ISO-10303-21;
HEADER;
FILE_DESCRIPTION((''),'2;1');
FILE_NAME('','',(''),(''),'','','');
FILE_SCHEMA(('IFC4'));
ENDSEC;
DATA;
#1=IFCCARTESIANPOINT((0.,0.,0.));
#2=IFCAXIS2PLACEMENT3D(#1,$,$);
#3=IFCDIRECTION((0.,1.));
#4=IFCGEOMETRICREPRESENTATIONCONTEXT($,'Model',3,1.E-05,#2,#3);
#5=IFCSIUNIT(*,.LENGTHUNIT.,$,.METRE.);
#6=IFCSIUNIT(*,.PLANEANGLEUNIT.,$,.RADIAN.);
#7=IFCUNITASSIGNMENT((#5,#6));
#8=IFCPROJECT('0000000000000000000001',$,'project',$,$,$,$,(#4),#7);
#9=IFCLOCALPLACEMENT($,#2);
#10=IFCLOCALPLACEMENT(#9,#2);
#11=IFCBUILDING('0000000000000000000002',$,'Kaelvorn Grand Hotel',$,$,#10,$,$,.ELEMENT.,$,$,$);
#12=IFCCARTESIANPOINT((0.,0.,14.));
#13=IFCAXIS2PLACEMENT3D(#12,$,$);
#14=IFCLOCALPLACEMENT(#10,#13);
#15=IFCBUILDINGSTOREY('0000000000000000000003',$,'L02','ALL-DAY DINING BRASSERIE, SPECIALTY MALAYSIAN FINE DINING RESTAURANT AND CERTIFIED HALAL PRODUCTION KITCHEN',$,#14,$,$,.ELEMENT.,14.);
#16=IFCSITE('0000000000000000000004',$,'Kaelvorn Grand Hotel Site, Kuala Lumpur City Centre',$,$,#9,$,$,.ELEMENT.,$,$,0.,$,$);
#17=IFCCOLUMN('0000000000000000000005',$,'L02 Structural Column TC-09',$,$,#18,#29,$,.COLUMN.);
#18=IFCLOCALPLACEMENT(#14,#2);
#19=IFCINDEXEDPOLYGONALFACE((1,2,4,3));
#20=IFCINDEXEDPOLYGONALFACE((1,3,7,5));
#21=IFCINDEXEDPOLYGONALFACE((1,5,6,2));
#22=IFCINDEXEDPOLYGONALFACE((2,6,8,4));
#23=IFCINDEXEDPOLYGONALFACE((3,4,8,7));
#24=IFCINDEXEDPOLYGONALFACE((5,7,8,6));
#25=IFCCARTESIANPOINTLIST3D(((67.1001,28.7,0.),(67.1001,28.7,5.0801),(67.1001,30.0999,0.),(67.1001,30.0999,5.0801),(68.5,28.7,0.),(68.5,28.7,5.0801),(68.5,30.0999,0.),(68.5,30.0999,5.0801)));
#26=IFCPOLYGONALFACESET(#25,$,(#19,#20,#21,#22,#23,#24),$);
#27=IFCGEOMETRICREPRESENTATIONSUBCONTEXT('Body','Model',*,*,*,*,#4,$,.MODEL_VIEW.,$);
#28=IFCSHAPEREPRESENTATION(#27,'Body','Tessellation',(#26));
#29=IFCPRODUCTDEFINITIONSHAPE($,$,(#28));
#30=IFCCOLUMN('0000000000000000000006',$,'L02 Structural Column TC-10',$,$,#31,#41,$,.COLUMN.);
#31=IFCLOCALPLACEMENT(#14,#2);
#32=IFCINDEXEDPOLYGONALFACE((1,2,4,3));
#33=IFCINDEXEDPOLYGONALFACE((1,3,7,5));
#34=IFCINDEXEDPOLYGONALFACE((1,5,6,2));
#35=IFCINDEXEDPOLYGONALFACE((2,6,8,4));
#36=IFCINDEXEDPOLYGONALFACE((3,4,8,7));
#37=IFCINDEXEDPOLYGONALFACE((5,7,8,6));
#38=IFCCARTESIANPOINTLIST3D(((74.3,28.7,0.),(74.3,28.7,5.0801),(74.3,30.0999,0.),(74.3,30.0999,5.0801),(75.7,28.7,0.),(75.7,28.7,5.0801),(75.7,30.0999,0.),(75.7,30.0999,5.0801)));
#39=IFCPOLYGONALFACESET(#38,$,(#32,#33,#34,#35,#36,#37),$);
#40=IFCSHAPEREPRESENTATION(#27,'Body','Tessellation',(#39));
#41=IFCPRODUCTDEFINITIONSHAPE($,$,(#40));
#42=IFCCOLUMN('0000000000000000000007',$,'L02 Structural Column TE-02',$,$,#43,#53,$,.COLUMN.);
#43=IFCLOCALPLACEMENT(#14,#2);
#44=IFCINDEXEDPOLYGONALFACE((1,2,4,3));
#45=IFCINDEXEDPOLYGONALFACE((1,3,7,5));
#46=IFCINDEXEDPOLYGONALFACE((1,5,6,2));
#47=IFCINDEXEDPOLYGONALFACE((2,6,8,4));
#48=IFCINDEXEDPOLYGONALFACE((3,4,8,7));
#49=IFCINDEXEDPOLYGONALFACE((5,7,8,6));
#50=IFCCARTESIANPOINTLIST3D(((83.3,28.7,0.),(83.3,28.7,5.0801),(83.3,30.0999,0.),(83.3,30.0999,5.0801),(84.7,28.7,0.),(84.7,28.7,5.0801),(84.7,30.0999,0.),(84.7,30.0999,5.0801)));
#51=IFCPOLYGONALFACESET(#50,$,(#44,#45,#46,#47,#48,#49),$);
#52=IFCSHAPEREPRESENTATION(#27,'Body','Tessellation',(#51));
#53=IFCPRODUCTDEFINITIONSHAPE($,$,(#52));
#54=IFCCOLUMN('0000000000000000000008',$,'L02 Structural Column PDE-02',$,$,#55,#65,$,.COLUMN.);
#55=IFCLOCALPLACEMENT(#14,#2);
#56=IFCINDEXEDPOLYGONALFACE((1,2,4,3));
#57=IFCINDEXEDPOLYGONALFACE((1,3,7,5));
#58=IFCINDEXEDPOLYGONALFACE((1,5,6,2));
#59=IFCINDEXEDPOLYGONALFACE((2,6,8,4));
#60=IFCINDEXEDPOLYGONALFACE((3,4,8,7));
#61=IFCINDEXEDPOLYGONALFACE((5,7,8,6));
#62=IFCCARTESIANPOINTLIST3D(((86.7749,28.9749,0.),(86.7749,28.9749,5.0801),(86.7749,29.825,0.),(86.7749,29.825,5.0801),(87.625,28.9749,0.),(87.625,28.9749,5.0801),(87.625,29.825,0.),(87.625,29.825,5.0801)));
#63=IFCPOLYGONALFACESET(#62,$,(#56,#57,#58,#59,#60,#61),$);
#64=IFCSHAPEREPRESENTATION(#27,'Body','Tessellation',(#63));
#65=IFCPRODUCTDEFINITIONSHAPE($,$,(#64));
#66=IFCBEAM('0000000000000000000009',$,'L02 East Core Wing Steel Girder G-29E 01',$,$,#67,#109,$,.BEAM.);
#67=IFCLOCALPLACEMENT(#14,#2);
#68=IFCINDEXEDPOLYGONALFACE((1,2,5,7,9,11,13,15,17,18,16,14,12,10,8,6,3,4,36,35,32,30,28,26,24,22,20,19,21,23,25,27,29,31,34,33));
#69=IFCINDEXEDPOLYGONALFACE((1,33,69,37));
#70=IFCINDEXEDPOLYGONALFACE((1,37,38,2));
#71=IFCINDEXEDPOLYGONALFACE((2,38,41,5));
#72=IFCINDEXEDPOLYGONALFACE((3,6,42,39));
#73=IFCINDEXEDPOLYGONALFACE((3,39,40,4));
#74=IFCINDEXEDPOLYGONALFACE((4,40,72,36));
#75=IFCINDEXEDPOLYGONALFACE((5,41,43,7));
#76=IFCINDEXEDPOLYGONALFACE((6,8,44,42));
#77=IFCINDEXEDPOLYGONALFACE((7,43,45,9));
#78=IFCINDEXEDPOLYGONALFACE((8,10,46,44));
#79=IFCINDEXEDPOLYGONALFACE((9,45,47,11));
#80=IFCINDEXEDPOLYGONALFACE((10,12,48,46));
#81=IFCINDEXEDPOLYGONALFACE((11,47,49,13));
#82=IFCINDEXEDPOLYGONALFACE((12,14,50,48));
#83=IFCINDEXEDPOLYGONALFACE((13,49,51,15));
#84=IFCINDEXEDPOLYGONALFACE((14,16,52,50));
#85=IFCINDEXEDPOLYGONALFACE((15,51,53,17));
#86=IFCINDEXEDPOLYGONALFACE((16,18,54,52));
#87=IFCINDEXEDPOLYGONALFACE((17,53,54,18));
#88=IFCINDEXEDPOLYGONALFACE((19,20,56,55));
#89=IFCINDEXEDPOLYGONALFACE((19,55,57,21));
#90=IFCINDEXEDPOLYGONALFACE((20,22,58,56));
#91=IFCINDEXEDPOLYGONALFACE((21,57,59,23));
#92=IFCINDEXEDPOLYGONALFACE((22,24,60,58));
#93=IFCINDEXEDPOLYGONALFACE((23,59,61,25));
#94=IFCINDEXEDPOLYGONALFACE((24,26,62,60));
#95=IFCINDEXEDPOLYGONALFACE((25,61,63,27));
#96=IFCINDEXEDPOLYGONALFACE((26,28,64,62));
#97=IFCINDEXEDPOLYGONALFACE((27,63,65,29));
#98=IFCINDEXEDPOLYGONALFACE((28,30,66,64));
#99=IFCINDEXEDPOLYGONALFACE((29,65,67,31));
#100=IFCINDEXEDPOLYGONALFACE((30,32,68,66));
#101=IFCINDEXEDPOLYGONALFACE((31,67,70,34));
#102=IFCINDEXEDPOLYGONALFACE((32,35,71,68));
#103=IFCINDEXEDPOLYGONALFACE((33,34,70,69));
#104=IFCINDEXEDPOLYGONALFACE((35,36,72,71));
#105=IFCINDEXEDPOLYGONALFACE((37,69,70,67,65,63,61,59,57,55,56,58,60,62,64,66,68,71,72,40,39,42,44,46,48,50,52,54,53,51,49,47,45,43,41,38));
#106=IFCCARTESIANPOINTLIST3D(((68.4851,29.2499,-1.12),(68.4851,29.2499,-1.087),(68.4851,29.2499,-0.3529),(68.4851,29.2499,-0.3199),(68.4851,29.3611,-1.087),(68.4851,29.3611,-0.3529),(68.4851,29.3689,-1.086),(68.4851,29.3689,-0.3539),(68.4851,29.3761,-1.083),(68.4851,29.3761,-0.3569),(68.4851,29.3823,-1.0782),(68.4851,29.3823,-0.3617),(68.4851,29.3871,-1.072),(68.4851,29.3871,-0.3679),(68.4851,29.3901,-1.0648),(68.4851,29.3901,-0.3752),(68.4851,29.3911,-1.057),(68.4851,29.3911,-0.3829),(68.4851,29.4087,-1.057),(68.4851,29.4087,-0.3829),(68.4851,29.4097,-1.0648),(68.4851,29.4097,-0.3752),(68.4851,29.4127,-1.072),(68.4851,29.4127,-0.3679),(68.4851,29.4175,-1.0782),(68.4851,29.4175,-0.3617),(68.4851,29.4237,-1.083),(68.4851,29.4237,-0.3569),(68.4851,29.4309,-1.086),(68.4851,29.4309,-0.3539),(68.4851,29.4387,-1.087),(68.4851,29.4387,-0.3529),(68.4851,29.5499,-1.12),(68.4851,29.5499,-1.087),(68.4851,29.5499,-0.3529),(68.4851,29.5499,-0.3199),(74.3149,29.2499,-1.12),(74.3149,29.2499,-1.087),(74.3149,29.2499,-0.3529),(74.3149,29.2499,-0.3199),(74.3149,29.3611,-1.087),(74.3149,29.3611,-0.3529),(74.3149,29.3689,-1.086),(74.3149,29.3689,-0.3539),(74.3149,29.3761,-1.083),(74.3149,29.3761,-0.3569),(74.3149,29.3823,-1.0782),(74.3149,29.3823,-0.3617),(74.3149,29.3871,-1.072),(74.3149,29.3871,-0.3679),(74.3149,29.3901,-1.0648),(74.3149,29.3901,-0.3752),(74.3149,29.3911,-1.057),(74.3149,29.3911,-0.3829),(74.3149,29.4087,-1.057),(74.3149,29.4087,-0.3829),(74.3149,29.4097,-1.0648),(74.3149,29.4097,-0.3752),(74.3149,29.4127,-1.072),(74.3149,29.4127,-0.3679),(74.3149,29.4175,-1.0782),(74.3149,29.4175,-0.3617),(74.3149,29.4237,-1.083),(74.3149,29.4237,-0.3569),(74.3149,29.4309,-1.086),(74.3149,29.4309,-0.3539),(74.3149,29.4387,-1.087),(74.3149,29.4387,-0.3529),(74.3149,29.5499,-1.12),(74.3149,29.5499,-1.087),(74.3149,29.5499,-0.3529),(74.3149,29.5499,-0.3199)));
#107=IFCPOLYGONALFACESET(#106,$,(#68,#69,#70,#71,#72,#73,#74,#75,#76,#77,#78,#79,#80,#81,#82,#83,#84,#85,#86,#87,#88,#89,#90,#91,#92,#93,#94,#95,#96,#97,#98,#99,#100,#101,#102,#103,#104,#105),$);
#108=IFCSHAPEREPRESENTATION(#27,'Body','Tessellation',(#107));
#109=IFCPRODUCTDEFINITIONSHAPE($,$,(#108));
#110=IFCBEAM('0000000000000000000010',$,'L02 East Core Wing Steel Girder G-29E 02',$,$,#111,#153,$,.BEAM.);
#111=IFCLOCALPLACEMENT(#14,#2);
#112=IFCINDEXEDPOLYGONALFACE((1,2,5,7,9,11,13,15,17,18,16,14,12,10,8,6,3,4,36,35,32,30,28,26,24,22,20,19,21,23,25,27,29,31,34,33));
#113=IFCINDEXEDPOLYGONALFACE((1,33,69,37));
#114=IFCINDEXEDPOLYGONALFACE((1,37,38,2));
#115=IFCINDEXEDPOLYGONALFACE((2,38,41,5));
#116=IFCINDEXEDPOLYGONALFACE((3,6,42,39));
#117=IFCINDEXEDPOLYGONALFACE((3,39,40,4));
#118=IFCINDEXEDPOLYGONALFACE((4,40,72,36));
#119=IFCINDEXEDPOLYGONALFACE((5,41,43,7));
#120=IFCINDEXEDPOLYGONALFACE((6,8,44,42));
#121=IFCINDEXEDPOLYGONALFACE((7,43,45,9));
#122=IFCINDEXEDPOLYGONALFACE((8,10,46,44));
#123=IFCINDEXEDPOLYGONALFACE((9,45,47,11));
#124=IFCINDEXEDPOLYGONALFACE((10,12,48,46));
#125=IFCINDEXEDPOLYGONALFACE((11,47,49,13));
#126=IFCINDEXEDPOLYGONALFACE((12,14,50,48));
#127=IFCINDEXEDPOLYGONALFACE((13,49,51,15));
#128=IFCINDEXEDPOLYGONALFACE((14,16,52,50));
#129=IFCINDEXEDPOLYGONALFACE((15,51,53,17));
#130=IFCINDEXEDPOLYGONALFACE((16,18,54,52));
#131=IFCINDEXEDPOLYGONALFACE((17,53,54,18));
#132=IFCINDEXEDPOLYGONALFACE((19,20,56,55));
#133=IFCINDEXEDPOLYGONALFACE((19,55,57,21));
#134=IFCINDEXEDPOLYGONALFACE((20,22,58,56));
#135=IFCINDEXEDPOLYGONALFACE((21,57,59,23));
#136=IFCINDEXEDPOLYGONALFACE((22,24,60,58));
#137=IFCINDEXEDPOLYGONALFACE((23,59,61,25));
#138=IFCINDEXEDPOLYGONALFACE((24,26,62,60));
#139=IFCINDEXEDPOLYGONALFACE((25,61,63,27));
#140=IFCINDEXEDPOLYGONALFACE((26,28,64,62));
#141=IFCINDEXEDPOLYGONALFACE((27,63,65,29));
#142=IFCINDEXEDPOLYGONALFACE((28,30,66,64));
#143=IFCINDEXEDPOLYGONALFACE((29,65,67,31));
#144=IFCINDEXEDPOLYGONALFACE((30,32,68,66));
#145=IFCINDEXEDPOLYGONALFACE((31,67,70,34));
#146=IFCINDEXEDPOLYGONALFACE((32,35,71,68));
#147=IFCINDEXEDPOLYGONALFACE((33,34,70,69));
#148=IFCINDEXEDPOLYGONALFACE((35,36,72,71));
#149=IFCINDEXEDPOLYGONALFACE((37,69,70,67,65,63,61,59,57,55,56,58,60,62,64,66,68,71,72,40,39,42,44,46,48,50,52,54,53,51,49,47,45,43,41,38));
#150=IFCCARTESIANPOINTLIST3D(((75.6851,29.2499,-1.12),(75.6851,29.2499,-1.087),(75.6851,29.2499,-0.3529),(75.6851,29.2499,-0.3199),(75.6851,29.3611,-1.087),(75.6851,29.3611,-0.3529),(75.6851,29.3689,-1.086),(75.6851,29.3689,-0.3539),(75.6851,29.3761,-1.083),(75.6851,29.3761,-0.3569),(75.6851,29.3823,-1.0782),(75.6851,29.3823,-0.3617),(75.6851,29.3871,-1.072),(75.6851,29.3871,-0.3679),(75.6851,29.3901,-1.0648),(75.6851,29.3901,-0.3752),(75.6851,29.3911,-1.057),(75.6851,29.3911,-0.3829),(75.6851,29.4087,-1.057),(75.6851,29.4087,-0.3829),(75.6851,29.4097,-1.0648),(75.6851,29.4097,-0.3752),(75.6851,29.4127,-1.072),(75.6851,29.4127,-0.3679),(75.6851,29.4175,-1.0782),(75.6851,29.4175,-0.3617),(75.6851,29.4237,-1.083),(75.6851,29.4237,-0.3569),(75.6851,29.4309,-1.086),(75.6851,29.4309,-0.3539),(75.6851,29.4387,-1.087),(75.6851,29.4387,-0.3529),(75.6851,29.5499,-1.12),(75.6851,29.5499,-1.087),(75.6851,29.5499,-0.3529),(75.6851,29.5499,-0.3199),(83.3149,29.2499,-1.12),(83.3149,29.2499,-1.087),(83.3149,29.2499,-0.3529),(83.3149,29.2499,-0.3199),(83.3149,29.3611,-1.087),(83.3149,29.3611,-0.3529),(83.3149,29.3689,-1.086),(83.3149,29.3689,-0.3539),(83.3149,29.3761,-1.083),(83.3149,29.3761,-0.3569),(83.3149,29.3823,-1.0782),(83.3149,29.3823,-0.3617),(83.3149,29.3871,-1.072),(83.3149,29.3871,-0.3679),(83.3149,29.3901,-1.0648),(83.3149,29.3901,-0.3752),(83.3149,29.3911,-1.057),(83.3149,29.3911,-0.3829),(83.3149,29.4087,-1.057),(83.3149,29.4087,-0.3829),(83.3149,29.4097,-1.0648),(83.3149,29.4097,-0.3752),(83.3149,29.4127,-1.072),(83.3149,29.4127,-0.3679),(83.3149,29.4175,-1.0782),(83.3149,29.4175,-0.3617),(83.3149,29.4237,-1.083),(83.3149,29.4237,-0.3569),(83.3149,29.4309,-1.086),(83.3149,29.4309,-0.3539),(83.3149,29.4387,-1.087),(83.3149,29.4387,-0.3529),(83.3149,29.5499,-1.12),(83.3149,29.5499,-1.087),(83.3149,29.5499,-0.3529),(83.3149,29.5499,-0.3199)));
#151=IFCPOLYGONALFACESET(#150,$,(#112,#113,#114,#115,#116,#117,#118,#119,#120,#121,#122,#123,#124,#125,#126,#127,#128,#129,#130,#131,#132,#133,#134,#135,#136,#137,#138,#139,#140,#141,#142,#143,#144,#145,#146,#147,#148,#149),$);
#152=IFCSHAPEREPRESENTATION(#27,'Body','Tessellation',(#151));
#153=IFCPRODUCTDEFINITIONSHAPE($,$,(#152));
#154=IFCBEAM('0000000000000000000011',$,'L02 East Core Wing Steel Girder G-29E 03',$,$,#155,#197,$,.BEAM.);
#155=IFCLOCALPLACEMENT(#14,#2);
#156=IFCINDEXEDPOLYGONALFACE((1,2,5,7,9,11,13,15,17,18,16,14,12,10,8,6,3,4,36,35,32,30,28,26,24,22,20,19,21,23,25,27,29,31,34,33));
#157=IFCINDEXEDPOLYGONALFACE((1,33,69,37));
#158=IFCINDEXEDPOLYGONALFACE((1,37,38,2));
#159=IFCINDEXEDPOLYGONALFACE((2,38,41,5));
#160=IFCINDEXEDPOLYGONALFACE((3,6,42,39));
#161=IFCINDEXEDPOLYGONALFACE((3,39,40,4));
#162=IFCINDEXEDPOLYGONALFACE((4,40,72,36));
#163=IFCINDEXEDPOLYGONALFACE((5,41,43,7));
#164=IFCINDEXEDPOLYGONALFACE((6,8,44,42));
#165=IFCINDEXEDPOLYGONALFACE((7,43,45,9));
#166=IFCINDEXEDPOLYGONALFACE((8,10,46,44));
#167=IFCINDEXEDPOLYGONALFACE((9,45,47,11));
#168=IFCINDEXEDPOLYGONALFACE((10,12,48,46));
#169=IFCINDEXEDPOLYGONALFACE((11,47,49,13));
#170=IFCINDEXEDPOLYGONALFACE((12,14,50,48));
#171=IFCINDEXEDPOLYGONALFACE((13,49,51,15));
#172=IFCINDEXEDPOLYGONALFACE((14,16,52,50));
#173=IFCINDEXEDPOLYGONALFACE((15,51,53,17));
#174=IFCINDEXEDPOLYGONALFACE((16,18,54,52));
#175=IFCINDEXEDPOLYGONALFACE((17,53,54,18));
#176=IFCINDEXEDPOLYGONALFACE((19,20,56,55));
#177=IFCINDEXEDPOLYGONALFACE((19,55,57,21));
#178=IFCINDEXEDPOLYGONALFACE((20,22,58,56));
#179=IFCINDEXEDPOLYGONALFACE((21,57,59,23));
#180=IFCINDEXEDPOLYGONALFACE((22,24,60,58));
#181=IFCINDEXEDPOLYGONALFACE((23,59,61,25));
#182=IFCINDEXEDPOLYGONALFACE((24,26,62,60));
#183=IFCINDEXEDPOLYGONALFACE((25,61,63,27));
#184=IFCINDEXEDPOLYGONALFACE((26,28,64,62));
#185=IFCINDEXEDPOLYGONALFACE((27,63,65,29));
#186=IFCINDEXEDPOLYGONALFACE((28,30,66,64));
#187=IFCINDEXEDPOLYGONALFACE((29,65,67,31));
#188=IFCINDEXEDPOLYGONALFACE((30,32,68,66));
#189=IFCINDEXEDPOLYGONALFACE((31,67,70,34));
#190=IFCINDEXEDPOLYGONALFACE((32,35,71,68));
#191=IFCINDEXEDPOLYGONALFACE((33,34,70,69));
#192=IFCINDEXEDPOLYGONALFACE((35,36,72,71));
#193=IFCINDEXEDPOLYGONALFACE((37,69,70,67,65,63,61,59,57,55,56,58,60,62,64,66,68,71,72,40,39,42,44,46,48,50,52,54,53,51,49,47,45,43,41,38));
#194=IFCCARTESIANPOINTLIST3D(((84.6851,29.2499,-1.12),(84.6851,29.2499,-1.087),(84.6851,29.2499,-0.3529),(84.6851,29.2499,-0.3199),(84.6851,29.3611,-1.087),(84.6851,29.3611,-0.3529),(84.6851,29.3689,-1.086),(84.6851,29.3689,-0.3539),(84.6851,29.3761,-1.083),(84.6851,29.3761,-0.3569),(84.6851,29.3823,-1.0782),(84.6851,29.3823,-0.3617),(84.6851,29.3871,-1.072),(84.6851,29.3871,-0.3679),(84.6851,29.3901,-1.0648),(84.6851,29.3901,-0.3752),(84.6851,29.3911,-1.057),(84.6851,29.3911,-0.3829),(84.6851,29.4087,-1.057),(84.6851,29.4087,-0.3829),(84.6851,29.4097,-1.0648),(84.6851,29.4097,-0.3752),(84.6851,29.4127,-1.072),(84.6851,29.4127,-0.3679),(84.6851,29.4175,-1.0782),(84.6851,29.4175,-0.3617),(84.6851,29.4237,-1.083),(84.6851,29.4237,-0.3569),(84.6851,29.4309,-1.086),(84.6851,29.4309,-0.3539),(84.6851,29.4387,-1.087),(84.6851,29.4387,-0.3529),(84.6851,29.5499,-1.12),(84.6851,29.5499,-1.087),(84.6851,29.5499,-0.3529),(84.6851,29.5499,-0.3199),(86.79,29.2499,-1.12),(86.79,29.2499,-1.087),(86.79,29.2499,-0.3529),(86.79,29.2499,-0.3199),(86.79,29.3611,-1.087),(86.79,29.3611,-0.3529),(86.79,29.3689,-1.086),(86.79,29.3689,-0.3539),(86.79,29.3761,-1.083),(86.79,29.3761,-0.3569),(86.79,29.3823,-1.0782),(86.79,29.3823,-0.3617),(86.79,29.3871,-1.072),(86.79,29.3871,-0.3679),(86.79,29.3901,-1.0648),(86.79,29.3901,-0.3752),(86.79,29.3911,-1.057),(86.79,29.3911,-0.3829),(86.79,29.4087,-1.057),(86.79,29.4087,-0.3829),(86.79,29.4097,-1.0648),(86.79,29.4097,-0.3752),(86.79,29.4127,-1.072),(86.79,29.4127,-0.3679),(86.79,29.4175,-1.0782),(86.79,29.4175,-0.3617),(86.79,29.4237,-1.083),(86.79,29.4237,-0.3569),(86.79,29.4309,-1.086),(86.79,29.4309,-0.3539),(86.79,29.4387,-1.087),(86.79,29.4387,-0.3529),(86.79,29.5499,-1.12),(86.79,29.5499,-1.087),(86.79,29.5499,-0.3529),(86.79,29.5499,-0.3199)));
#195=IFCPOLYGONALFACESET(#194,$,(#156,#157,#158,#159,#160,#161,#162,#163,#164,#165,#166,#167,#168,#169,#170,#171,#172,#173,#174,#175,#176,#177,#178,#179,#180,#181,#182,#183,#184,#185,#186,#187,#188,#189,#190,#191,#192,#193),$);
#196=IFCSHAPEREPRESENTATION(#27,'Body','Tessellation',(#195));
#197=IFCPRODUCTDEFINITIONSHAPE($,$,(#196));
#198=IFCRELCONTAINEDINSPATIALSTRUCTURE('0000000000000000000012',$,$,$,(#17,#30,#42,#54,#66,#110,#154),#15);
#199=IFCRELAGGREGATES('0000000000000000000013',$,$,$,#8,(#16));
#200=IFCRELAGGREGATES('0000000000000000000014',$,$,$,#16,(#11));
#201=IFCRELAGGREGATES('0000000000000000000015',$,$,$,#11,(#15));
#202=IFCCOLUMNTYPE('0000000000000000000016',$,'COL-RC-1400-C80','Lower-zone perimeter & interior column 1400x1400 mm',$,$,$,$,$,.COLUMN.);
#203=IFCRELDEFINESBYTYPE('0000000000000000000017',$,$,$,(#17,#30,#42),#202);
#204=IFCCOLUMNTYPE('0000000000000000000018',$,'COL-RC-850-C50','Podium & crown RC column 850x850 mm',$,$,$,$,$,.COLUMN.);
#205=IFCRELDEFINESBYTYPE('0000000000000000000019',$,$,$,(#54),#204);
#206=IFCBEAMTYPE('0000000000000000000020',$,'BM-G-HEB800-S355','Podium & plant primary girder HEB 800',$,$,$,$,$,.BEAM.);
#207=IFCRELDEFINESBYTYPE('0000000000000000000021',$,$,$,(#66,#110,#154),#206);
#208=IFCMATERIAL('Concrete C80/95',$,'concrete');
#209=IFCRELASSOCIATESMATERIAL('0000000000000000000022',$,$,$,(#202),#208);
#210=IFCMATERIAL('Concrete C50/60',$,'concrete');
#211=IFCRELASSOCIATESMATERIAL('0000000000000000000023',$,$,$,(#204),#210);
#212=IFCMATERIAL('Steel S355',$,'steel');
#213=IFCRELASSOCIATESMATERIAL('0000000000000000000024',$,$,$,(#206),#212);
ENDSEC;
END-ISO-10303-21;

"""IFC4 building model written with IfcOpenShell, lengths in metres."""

from ifc_helpers import new_model, si_unit, direction, frame, origin, origin_2d, place, context, subcontext, project, spatial, rectangle, i_section, extrude, material, material_profile, profile_set, type_object, element, save


model = new_model("IFC4")

# Units and contexts
model_context = context("Model", 3, precision=1e-05, world=origin(), true_north=direction((0.0, 1.0)))
body_context = subcontext(model_context, "Body", "Model", "MODEL_VIEW")
ifc_project = project(units=[si_unit("LENGTHUNIT", "METRE"), si_unit("PLANEANGLEUNIT", "RADIAN")], contexts=[model_context])

# Site, building, storey
site_placement = place(None, origin())
site = spatial("IfcSite", under=ifc_project, at=site_placement, Name="Kaelvorn Grand Hotel Site, Kuala Lumpur City Centre", CompositionType="ELEMENT", RefElevation=0.0)
building_placement = place(site_placement, origin())
building = spatial("IfcBuilding", under=site, at=building_placement, Name="Kaelvorn Grand Hotel", CompositionType="ELEMENT")
storey_placement = place(building_placement, frame((0.0, 0.0, 14.0)))
storey = spatial("IfcBuildingStorey", under=building, at=storey_placement, Name="L02", Description="ALL-DAY DINING BRASSERIE, SPECIALTY MALAYSIAN FINE DINING RESTAURANT AND CERTIFIED HALAL PRODUCTION KITCHEN", CompositionType="ELEMENT", Elevation=14.0)

# Columns
ifc_material_1 = material(Name="Concrete C80/95", Category="concrete")
ifc_material_profile_1 = material_profile(ifc_material_1, rectangle(XDim=1.3999, YDim=1.3999, at=origin_2d()), Name="RC COL 1400x1400")
ifc_profile_set_1 = profile_set([ifc_material_profile_1], Name="Concrete C80/95")
column_type_1 = type_object("IfcColumnType", Name="COL-RC-1400-C80", Description="Lower-zone perimeter & interior column 1400x1400 mm", PredefinedType="COLUMN", material=ifc_profile_set_1)
for number, where, z_axis, x_axis, name in (
    (1, (67.8, 29.3999, 0.0), (0.0, 0.0, 1.0), (1.0, 0.0, 0.0), "L02 Structural Column TC-09"),
    (2, (75.0, 29.3999, 0.0), (0.0, 0.0, 1.0), (1.0, 0.0, 0.0), "L02 Structural Column TC-10"),
    (3, (84.0, 29.3999, 0.0), (0.0, 0.0, 1.0), (1.0, 0.0, 0.0), "L02 Structural Column TE-02"),
):
    element("IfcColumn", number, at=place(storey_placement, frame(where, z_axis=z_axis, x_axis=x_axis)), inside=storey, type_object=column_type_1, Name=name, PredefinedType="COLUMN", context=body_context, shape_type="SweptSolid", body=[
        extrude(rectangle(XDim=1.3999, YDim=1.3999, at=origin_2d()), origin(), (0.0, 0.0, 1.0), 5.0801),
    ])
ifc_material_2 = material(Name="Concrete C50/60", Category="concrete")
ifc_material_profile_2 = material_profile(ifc_material_2, rectangle(XDim=0.8501, YDim=0.8501, at=origin_2d()), Name="RC COL 850x850")
ifc_profile_set_2 = profile_set([ifc_material_profile_2], Name="Concrete C50/60")
column_type_2 = type_object("IfcColumnType", Name="COL-RC-850-C50", Description="Podium & crown RC column 850x850 mm", PredefinedType="COLUMN", material=ifc_profile_set_2)
column_placement = place(storey_placement, frame((87.2, 29.3999, 0.0), z_axis=(0.0, 0.0, 1.0), x_axis=(1.0, 0.0, 0.0)))
element("IfcColumn", 4, at=column_placement, inside=storey, type_object=column_type_2, Name="L02 Structural Column PDE-02", PredefinedType="COLUMN", context=body_context, shape_type="SweptSolid", body=[
    extrude(rectangle(XDim=0.8501, YDim=0.8501, at=origin_2d()), origin(), (0.0, 0.0, 1.0), 5.0801),
])

# Beams
ifc_material_3 = material(Name="Steel S355", Category="steel")
ifc_material_profile_3 = material_profile(ifc_material_3, i_section(OverallWidth=0.3, OverallDepth=0.8, WebThickness=0.0176, FlangeThickness=0.033, FilletRadius=0.03, at=origin_2d()), Name="HEB 800")
ifc_profile_set_3 = profile_set([ifc_material_profile_3], Name="Steel S355")
beam_type_1 = type_object("IfcBeamType", Name="BM-G-HEB800-S355", Description="Podium & plant primary girder HEB 800", PredefinedType="BEAM", material=ifc_profile_set_3)
beam_1_placement = place(storey_placement, frame((68.4851, 29.3999, -0.72), z_axis=(1.0, 0.0, 0.0), x_axis=(0.0, 1.0, 0.0)))
element("IfcBeam", 5, at=beam_1_placement, inside=storey, type_object=beam_type_1, Name="L02 East Core Wing Steel Girder G-29E 01", PredefinedType="BEAM", context=body_context, shape_type="SweptSolid", body=[
    extrude(i_section(OverallWidth=0.3, OverallDepth=0.8, WebThickness=0.0176, FlangeThickness=0.033, FilletRadius=0.03, at=origin_2d()), origin(), (0.0, 0.0, 1.0), 5.8298),
])
beam_2_placement = place(storey_placement, frame((75.6851, 29.3999, -0.72), z_axis=(1.0, 0.0, 0.0), x_axis=(0.0, 1.0, 0.0)))
element("IfcBeam", 6, at=beam_2_placement, inside=storey, type_object=beam_type_1, Name="L02 East Core Wing Steel Girder G-29E 02", PredefinedType="BEAM", context=body_context, shape_type="SweptSolid", body=[
    extrude(i_section(OverallWidth=0.3, OverallDepth=0.8, WebThickness=0.0176, FlangeThickness=0.033, FilletRadius=0.03, at=origin_2d()), origin(), (0.0, 0.0, 1.0), 7.6299),
])
beam_3_placement = place(storey_placement, frame((84.6851, 29.3999, -0.72), z_axis=(1.0, 0.0, 0.0), x_axis=(0.0, 1.0, 0.0)))
element("IfcBeam", 7, at=beam_3_placement, inside=storey, type_object=beam_type_1, Name="L02 East Core Wing Steel Girder G-29E 03", PredefinedType="BEAM", context=body_context, shape_type="SweptSolid", body=[
    extrude(i_section(OverallWidth=0.3, OverallDepth=0.8, WebThickness=0.0176, FlangeThickness=0.033, FilletRadius=0.03, at=origin_2d()), origin(), (0.0, 0.0, 1.0), 2.105),
])

save(model, "model.ifc")
